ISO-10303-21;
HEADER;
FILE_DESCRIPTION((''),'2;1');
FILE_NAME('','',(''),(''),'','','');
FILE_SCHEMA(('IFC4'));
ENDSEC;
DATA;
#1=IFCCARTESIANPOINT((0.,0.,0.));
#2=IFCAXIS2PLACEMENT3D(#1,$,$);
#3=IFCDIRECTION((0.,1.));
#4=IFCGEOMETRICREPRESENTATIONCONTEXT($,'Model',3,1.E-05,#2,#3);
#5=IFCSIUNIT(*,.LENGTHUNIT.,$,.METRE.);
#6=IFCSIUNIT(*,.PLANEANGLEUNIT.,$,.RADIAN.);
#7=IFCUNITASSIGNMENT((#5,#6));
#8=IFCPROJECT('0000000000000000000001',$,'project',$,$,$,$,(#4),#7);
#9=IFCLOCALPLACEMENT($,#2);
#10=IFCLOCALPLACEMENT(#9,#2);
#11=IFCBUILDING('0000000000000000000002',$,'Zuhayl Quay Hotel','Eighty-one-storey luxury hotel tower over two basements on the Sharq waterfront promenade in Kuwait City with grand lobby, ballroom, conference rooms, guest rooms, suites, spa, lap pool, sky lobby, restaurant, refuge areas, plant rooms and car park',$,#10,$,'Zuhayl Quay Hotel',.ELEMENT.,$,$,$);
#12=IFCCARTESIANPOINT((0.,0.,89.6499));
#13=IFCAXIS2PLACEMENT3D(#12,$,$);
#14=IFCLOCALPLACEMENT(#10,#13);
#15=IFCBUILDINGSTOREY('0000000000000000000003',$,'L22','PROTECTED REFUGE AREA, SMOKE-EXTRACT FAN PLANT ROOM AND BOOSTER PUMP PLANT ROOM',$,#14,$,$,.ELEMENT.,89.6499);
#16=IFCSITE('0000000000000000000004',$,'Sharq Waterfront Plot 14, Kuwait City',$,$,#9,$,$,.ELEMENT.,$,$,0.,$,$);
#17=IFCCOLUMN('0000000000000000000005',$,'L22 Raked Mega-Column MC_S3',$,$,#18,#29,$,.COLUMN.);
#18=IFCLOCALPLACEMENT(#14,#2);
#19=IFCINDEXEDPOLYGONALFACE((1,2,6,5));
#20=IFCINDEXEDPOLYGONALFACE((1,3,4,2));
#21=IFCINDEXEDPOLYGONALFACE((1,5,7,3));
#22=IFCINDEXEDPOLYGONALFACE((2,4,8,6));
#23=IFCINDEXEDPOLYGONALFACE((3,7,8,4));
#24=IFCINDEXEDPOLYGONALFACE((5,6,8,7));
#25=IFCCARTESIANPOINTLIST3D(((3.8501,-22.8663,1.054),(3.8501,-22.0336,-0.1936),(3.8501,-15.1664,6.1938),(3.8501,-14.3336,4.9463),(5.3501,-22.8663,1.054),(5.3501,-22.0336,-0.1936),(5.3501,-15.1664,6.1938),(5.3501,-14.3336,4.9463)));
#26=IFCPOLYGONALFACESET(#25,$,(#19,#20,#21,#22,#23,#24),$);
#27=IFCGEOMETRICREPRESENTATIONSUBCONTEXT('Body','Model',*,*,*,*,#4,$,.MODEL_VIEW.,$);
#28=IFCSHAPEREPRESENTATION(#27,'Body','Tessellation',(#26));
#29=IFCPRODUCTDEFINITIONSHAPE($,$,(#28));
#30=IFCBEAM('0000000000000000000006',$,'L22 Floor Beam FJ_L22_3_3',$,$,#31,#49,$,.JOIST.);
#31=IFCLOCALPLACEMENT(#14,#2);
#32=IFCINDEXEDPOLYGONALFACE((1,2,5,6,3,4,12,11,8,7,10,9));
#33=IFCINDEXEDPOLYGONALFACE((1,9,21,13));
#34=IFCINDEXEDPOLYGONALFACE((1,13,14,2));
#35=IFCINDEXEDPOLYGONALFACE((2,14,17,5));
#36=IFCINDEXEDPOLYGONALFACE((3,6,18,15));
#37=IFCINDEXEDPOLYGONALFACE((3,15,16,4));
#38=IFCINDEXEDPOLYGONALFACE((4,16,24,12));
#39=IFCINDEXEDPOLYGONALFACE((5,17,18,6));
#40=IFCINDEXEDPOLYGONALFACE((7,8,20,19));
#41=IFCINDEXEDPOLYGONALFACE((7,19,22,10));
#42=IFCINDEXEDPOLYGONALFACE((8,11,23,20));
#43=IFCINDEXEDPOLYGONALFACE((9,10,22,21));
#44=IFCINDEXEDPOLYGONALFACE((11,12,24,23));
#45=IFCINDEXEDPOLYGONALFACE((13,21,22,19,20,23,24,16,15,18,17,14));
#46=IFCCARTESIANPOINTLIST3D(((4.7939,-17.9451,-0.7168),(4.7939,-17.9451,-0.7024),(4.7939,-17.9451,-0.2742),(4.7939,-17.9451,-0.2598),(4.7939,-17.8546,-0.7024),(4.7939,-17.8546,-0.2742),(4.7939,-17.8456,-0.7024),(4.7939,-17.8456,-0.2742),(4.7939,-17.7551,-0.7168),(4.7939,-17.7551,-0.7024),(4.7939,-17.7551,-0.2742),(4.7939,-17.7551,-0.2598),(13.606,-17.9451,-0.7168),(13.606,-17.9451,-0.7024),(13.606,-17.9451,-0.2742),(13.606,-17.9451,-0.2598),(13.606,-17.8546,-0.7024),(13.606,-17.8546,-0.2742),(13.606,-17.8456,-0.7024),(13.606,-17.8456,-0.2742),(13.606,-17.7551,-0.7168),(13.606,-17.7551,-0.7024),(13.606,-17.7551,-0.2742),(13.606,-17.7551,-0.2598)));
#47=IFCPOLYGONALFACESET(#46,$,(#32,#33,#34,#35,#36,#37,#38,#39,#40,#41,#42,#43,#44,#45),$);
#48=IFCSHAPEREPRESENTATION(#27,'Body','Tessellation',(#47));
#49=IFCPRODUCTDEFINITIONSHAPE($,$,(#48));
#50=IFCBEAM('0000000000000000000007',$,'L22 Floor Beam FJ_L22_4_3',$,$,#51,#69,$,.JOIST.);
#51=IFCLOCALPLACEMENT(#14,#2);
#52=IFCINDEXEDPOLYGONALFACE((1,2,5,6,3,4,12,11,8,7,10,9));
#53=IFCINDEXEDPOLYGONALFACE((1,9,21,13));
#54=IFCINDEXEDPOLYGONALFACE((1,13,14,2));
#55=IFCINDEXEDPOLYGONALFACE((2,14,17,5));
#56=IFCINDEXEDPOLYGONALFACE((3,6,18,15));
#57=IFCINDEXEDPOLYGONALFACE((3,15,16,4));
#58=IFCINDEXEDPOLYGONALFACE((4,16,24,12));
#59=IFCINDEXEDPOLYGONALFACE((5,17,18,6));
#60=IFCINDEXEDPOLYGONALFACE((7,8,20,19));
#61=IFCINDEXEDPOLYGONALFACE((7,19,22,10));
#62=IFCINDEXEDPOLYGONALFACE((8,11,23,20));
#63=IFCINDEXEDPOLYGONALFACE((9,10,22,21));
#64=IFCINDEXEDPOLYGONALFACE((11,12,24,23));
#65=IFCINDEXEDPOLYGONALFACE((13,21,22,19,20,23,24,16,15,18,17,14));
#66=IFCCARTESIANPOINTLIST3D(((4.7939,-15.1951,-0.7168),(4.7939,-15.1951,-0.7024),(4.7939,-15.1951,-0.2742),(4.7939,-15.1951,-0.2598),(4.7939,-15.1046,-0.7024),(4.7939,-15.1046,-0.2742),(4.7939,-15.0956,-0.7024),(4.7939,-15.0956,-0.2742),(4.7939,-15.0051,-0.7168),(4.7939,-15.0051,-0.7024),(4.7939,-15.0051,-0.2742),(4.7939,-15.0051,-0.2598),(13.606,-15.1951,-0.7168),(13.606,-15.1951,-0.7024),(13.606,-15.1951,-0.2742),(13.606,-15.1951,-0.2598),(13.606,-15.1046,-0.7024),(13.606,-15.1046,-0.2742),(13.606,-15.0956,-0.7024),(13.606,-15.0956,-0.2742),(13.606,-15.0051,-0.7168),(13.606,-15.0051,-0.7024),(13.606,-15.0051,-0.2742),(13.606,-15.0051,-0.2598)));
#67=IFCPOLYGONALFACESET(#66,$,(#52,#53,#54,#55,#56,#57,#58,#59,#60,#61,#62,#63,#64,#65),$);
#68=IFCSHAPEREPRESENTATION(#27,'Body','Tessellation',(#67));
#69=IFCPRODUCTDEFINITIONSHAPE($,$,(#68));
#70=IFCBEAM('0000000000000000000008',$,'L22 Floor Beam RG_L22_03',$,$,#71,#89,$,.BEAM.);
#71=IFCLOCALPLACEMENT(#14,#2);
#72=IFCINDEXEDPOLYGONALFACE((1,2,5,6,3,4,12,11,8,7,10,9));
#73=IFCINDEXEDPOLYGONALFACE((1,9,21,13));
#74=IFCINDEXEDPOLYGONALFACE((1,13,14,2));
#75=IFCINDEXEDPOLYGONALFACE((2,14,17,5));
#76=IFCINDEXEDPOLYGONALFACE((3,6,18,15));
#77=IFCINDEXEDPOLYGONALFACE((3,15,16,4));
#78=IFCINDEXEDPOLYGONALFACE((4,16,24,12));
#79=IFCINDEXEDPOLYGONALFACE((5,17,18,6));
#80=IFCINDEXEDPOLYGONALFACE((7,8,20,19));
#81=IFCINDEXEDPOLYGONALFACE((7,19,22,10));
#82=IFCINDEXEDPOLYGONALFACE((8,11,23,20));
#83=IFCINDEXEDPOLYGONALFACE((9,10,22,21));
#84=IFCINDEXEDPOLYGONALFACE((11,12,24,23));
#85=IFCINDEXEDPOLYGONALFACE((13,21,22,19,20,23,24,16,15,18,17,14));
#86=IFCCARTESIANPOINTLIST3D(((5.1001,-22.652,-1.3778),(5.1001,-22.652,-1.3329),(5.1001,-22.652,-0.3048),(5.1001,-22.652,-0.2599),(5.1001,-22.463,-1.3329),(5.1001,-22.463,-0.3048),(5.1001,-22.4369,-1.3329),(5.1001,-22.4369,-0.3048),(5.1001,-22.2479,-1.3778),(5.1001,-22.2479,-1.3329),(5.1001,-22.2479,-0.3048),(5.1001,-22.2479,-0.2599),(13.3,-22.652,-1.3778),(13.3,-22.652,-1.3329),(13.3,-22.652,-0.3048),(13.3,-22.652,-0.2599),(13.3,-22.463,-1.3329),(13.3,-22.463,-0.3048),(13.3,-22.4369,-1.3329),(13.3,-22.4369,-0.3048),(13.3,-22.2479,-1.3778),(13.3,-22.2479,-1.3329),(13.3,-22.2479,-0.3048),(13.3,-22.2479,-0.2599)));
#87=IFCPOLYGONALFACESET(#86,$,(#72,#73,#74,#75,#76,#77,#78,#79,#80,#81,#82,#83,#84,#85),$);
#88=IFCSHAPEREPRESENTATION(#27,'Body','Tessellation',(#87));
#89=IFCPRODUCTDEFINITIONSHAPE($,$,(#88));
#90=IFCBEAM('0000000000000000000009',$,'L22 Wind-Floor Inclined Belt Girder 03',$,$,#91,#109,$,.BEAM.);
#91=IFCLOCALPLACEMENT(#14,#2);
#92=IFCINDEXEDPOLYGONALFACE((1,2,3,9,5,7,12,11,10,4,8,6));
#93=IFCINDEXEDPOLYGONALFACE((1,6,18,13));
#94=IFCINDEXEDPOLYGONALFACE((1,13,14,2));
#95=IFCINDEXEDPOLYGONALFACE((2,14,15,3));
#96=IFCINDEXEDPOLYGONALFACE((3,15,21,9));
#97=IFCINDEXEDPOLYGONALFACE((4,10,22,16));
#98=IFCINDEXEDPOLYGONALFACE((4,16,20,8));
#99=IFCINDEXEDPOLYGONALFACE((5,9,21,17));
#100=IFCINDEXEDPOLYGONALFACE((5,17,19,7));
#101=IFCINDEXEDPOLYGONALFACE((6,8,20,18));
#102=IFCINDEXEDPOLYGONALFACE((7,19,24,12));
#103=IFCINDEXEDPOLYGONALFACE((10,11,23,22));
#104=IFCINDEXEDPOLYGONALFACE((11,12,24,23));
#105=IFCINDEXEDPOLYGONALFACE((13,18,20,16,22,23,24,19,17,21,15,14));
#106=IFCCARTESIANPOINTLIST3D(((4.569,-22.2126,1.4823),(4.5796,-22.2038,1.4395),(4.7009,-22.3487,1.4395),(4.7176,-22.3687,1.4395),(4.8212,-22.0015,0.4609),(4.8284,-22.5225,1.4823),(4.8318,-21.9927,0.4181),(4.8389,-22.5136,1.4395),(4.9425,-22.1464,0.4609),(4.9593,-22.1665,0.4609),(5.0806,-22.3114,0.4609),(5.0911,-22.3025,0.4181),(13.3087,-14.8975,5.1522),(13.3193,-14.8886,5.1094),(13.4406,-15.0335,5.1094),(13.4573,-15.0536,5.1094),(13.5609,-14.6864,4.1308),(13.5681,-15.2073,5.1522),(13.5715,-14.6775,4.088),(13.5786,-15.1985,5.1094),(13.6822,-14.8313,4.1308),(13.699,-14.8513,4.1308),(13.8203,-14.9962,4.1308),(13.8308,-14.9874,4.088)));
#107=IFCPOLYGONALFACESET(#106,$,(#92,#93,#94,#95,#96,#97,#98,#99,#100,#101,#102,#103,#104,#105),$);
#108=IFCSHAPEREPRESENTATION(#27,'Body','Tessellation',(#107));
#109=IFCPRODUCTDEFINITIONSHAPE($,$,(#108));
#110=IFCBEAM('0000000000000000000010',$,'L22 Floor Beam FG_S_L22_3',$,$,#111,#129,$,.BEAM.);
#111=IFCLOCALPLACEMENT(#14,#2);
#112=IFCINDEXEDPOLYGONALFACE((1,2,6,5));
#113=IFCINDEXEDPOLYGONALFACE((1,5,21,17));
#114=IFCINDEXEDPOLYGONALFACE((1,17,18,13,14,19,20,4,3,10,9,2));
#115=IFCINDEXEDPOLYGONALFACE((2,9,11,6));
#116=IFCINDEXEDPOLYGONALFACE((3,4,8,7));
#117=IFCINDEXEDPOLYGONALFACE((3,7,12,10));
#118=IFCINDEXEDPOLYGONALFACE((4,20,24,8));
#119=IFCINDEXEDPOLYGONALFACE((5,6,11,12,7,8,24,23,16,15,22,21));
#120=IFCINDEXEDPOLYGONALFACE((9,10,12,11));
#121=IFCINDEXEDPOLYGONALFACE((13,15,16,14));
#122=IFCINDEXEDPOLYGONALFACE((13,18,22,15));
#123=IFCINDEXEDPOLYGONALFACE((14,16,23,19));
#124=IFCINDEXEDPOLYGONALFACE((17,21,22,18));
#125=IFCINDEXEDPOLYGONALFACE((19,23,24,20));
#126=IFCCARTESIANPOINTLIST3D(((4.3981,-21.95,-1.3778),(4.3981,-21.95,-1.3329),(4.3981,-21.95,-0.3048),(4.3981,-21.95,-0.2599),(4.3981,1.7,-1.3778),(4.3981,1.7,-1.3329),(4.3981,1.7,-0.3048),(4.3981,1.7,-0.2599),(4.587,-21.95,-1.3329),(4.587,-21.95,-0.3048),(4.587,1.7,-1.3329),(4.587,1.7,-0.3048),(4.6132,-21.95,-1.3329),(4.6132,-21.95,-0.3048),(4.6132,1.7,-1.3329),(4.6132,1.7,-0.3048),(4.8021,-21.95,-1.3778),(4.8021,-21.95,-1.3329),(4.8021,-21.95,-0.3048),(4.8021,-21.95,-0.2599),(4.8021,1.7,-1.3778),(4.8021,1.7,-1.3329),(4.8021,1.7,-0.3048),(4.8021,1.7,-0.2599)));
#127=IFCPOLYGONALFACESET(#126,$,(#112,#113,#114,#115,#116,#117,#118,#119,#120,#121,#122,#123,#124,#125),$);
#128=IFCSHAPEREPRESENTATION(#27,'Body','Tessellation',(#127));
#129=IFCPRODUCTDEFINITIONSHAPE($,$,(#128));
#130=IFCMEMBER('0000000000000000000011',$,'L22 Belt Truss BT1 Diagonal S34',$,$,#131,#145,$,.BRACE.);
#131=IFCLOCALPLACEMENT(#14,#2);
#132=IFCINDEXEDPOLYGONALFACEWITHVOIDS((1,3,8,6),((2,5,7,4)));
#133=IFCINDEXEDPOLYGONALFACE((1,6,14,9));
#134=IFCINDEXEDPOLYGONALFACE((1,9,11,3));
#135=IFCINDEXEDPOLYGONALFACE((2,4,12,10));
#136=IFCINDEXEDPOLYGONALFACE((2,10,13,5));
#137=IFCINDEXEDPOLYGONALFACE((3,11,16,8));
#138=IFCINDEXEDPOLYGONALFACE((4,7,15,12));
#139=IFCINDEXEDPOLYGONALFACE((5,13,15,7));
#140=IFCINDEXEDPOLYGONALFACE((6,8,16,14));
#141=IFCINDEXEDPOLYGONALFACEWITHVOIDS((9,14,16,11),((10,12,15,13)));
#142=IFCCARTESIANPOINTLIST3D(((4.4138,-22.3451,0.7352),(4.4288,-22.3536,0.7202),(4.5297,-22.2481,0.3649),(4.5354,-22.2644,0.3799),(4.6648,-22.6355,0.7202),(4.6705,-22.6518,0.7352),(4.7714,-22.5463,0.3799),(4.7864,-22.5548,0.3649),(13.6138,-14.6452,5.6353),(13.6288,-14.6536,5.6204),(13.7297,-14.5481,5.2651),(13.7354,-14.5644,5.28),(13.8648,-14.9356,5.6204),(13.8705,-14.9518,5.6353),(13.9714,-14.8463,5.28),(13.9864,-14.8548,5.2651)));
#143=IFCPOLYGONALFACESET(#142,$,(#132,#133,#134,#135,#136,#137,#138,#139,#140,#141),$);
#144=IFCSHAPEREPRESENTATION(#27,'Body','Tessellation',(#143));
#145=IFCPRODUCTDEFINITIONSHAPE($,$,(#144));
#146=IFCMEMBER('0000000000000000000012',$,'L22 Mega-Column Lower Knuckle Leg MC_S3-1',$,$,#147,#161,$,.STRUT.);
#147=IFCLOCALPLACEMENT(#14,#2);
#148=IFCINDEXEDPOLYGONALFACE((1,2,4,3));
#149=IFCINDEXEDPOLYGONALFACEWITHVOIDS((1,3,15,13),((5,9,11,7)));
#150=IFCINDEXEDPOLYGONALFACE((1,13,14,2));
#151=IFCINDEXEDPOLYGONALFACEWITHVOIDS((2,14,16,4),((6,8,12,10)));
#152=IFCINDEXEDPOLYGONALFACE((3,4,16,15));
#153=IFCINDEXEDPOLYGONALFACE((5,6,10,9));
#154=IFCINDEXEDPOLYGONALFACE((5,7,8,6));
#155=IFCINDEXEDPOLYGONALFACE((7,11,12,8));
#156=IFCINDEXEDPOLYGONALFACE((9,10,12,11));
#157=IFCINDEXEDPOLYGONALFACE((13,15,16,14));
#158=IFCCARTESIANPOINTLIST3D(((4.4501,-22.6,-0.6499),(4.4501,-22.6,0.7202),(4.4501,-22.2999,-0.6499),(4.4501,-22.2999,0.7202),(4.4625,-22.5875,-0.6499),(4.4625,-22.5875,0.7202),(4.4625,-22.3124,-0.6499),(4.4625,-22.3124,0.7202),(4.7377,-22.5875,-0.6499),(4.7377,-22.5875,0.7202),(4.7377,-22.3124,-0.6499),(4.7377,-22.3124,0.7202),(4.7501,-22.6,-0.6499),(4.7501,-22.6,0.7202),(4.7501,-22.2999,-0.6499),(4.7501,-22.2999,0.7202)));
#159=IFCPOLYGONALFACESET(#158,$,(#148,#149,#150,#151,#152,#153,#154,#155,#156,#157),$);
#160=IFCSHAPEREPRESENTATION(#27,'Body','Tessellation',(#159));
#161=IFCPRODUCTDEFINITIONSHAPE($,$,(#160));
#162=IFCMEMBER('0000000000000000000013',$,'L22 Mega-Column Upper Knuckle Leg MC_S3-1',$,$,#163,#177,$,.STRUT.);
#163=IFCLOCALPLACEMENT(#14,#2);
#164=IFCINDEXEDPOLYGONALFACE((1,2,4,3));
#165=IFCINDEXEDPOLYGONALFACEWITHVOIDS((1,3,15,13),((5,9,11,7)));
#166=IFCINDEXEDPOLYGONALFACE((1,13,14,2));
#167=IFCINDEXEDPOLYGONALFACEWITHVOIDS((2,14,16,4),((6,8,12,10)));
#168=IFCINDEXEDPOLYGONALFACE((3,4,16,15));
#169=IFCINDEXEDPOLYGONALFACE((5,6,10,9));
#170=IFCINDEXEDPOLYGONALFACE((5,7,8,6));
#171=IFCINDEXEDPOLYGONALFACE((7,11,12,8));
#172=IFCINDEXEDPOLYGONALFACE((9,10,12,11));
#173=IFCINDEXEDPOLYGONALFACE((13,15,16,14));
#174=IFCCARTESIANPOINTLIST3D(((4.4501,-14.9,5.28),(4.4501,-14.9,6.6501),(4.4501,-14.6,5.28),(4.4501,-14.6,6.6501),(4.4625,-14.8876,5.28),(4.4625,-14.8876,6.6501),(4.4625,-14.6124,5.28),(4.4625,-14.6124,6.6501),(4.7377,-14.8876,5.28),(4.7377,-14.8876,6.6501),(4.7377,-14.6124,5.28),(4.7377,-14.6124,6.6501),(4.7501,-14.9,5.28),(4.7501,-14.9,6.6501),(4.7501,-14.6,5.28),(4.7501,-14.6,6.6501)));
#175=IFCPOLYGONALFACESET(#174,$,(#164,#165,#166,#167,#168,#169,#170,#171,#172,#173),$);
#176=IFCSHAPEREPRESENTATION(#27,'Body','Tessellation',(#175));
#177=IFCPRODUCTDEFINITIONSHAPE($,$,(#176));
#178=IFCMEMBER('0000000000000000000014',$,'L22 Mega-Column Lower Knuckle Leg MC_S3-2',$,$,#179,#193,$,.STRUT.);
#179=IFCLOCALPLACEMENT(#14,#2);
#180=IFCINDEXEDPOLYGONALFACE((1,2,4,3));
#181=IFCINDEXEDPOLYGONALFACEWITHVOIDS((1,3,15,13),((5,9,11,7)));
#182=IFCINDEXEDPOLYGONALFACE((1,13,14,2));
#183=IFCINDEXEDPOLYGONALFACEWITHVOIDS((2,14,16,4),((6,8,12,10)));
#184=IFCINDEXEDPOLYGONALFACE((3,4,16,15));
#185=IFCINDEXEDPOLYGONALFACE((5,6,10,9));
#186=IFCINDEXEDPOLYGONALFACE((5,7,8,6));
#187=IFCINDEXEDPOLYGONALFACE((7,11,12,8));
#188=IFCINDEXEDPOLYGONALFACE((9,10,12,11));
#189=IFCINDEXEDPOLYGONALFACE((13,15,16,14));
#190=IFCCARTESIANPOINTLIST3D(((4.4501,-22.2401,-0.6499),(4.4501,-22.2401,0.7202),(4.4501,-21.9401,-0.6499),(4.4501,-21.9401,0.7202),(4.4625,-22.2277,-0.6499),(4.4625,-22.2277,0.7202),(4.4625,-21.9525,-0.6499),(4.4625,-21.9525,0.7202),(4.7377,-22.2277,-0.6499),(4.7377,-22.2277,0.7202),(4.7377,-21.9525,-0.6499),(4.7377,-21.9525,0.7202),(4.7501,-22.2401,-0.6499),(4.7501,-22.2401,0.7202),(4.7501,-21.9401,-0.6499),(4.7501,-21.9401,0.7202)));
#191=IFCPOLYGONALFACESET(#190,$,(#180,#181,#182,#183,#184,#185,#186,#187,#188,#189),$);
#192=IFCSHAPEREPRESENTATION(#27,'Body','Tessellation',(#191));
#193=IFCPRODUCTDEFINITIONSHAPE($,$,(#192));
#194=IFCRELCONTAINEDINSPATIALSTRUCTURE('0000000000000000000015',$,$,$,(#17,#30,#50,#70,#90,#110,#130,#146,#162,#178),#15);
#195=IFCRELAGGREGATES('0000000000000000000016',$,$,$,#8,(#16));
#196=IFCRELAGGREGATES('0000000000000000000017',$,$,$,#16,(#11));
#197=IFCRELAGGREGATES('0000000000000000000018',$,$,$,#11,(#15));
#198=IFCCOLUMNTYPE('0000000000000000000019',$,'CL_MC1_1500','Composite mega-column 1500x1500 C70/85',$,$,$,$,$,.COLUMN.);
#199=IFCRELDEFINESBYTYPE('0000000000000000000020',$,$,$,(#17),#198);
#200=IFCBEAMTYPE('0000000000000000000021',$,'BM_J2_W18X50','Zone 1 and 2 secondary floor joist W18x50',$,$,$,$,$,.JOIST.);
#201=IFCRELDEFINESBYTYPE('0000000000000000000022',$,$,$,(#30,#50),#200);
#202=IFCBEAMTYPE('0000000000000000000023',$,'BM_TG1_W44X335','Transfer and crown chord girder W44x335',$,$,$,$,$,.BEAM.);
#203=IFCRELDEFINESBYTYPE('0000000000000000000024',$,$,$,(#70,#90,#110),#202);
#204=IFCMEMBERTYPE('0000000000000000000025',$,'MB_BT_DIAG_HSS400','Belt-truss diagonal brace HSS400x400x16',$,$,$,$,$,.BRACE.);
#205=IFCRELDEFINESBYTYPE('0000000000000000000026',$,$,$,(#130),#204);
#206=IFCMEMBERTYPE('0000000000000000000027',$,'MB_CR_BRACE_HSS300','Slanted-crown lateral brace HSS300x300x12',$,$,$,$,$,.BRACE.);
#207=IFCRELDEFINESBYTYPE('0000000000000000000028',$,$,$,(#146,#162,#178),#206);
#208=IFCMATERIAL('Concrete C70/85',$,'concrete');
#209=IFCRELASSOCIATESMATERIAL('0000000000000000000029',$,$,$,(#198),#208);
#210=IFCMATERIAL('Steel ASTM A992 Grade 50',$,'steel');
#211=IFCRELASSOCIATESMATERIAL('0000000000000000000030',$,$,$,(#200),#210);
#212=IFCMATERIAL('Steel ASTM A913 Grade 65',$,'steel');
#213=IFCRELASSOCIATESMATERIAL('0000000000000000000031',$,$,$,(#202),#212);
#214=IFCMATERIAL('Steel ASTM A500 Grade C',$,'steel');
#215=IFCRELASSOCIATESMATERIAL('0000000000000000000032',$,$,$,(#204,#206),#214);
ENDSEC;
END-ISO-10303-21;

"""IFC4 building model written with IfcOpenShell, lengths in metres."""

from ifc_helpers import new_model, si_unit, direction, frame, origin, origin_2d, place, context, subcontext, project, spatial, rectangle, hollow_rectangle, i_section, extrude, material, material_profile, profile_set, type_object, element, save


model = new_model("IFC4")

# Units and contexts
model_context = context("Model", 3, precision=1e-05, world=origin(), true_north=direction((0.0, 1.0)))
body_context = subcontext(model_context, "Body", "Model", "MODEL_VIEW")
ifc_project = project(units=[si_unit("LENGTHUNIT", "METRE"), si_unit("PLANEANGLEUNIT", "RADIAN")], contexts=[model_context])

# Site, building, storey
site_placement = place(None, origin())
site = spatial("IfcSite", under=ifc_project, at=site_placement, Name="Sharq Waterfront Plot 14, Kuwait City", CompositionType="ELEMENT", RefElevation=0.0)
building_placement = place(site_placement, origin())
building = spatial("IfcBuilding", under=site, at=building_placement, Name="Zuhayl Quay Hotel", Description="Eighty-one-storey luxury hotel tower over two basements on the Sharq waterfront promenade in Kuwait City with grand lobby, ballroom, conference rooms, guest rooms, suites, spa, lap pool, sky lobby, restaurant, refuge areas, plant rooms and car park", LongName="Zuhayl Quay Hotel", CompositionType="ELEMENT")
storey_placement = place(building_placement, frame((0.0, 0.0, 89.6499)))
storey = spatial("IfcBuildingStorey", under=building, at=storey_placement, Name="L22", Description="PROTECTED REFUGE AREA, SMOKE-EXTRACT FAN PLANT ROOM AND BOOSTER PUMP PLANT ROOM", CompositionType="ELEMENT", Elevation=89.6499)

# Column
ifc_material_1 = material(Name="Concrete C70/85", Category="concrete")
ifc_material_profile_1 = material_profile(ifc_material_1, rectangle(XDim=1.5, YDim=1.5, at=origin_2d()), Name="RC1500X1500")
ifc_profile_set_1 = profile_set([ifc_material_profile_1], Name="Concrete C70/85")
column_type = type_object("IfcColumnType", Name="CL_MC1_1500", Description="Composite mega-column 1500x1500 C70/85", PredefinedType="COLUMN", material=ifc_profile_set_1)
column_placement = place(storey_placement, frame((4.6001, -22.45, 0.4302), z_axis=(0.0, 0.831722, 0.555193), x_axis=(-1.0, 0.0, 0.0)))
element("IfcColumn", 1, at=column_placement, inside=storey, type_object=column_type, Name="L22 Raked Mega-Column MC_S3", PredefinedType="COLUMN", context=body_context, shape_type="SweptSolid", body=[
    extrude(rectangle(XDim=1.5, YDim=1.5, at=origin_2d()), origin(), (0.0, 0.0, 1.0), 9.2578),
])

# Beams
ifc_material_2 = material(Name="Steel ASTM A992 Grade 50", Category="steel")
ifc_material_profile_2 = material_profile(ifc_material_2, i_section(OverallWidth=0.1899, OverallDepth=0.457, WebThickness=0.009, FlangeThickness=0.0144, at=origin_2d()), Name="W18X50")
ifc_profile_set_2 = profile_set([ifc_material_profile_2], Name="Steel ASTM A992 Grade 50")
beam_type_1 = type_object("IfcBeamType", Name="BM_J2_W18X50", Description="Zone 1 and 2 secondary floor joist W18x50", PredefinedType="JOIST", material=ifc_profile_set_2)
for number, where, z_axis, x_axis, name in (
    (2, (4.7939, -17.8501, -0.4883), (1.0, 0.0, 0.0), (0.0, 1.0, 0.0), "L22 Floor Beam FJ_L22_3_3"),
    (3, (4.7939, -15.1001, -0.4883), (1.0, 0.0, 0.0), (0.0, 1.0, 0.0), "L22 Floor Beam FJ_L22_4_3"),
):
    element("IfcBeam", number, at=place(storey_placement, frame(where, z_axis=z_axis, x_axis=x_axis)), inside=storey, type_object=beam_type_1, Name=name, PredefinedType="JOIST", context=body_context, shape_type="SweptSolid", body=[
        extrude(i_section(OverallWidth=0.1899, OverallDepth=0.457, WebThickness=0.009, FlangeThickness=0.0144, at=origin_2d()), origin(), (0.0, 0.0, 1.0), 8.812),
    ])
ifc_material_3 = material(Name="Steel ASTM A913 Grade 65", Category="steel")
ifc_material_profile_3 = material_profile(ifc_material_3, i_section(OverallWidth=0.4041, OverallDepth=1.1179, WebThickness=0.0261, FlangeThickness=0.0449, at=origin_2d()), Name="W44X335")
ifc_profile_set_3 = profile_set([ifc_material_profile_3], Name="Steel ASTM A913 Grade 65")
beam_type_2 = type_object("IfcBeamType", Name="BM_TG1_W44X335", Description="Transfer and crown chord girder W44x335", PredefinedType="BEAM", material=ifc_profile_set_3)
beam_1_placement = place(storey_placement, frame((5.1001, -22.45, -0.8188), z_axis=(1.0, 0.0, 0.0), x_axis=(0.0, 1.0, 0.0)))
element("IfcBeam", 4, at=beam_1_placement, inside=storey, type_object=beam_type_2, Name="L22 Floor Beam RG_L22_03", PredefinedType="BEAM", context=body_context, shape_type="SweptSolid", body=[
    extrude(i_section(OverallWidth=0.4041, OverallDepth=1.1179, WebThickness=0.0261, FlangeThickness=0.0449, at=origin_2d()), origin(), (0.0, 0.0, 1.0), 8.2),
])
beam_2_placement = place(storey_placement, frame((4.8301, -22.2576, 0.9502), z_axis=(0.729927, 0.610951, 0.306505), x_axis=(-0.641843, 0.766836, 0.0)))
element("IfcBeam", 5, at=beam_2_placement, inside=storey, type_object=beam_type_2, Name="L22 Wind-Floor Inclined Belt Girder 03", PredefinedType="BEAM", context=body_context, shape_type="SweptSolid", body=[
    extrude(i_section(OverallWidth=0.4041, OverallDepth=1.1179, WebThickness=0.0261, FlangeThickness=0.0449, at=origin_2d()), origin(), (0.0, 0.0, 1.0), 11.9734),
])
beam_3_placement = place(storey_placement, frame((4.6001, -21.95, -0.8188), z_axis=(0.0, 1.0, 0.0), x_axis=(-1.0, 0.0, 0.0)))
element("IfcBeam", 6, at=beam_3_placement, inside=storey, type_object=beam_type_2, Name="L22 Floor Beam FG_S_L22_3", PredefinedType="BEAM", context=body_context, shape_type="SweptSolid", body=[
    extrude(i_section(OverallWidth=0.4041, OverallDepth=1.1179, WebThickness=0.0261, FlangeThickness=0.0449, at=origin_2d()), origin(), (0.0, 0.0, 1.0), 23.6499),
])

# Members
ifc_material_4 = material(Name="Steel ASTM A500 Grade C", Category="steel")
ifc_material_profile_4 = material_profile(ifc_material_4, hollow_rectangle(XDim=0.3999, YDim=0.3999, WallThickness=0.0161, at=origin_2d()), Name="HSS400X400X16")
ifc_profile_set_4 = profile_set([ifc_material_profile_4], Name="Steel ASTM A500 Grade C")
member_type_1 = type_object("IfcMemberType", Name="MB_BT_DIAG_HSS400", Description="Belt-truss diagonal brace HSS400x400x16", PredefinedType="BRACE", material=ifc_profile_set_4)
member_1_placement = place(storey_placement, frame((4.6001, -22.45, 0.55), z_axis=(0.709919, 0.594171, 0.378122), x_axis=(-0.641822, 0.766853, 0.0)))
element("IfcMember", 7, at=member_1_placement, inside=storey, type_object=member_type_1, Name="L22 Belt Truss BT1 Diagonal S34", PredefinedType="BRACE", context=body_context, shape_type="SweptSolid", body=[
    extrude(hollow_rectangle(XDim=0.3999, YDim=0.3999, WallThickness=0.0161, at=origin_2d()), origin(), (0.0, 0.0, 1.0), 12.9592),
])
ifc_material_profile_5 = material_profile(ifc_material_4, hollow_rectangle(XDim=0.3, YDim=0.3, WallThickness=0.0125, at=origin_2d()), Name="HSS300X300X12")
ifc_profile_set_5 = profile_set([ifc_material_profile_5], Name="Steel ASTM A500 Grade C")
member_type_2 = type_object("IfcMemberType", Name="MB_CR_BRACE_HSS300", Description="Slanted-crown lateral brace HSS300x300x12", PredefinedType="BRACE", material=ifc_profile_set_5)
for number, where, z_axis, x_axis, name in (
    (8, (4.6001, -22.45, -0.6499), (0.0, 0.0, 1.0), (1.0, 0.0, 0.0), "L22 Mega-Column Lower Knuckle Leg MC_S3-1"),
    (9, (4.6001, -14.75, 5.28), (0.0, 0.0, 1.0), (1.0, 0.0, 0.0), "L22 Mega-Column Upper Knuckle Leg MC_S3-1"),
    (10, (4.6001, -22.0901, -0.6499), (0.0, 0.0, 1.0), (1.0, 0.0, 0.0), "L22 Mega-Column Lower Knuckle Leg MC_S3-2"),
):
    element("IfcMember", number, at=place(storey_placement, frame(where, z_axis=z_axis, x_axis=x_axis)), inside=storey, type_object=member_type_2, Name=name, PredefinedType="STRUT", context=body_context, shape_type="SweptSolid", body=[
        extrude(hollow_rectangle(XDim=0.3, YDim=0.3, WallThickness=0.0125, at=origin_2d()), origin(), (0.0, 0.0, 1.0), 1.3701),
    ])

save(model, "model.ifc")
